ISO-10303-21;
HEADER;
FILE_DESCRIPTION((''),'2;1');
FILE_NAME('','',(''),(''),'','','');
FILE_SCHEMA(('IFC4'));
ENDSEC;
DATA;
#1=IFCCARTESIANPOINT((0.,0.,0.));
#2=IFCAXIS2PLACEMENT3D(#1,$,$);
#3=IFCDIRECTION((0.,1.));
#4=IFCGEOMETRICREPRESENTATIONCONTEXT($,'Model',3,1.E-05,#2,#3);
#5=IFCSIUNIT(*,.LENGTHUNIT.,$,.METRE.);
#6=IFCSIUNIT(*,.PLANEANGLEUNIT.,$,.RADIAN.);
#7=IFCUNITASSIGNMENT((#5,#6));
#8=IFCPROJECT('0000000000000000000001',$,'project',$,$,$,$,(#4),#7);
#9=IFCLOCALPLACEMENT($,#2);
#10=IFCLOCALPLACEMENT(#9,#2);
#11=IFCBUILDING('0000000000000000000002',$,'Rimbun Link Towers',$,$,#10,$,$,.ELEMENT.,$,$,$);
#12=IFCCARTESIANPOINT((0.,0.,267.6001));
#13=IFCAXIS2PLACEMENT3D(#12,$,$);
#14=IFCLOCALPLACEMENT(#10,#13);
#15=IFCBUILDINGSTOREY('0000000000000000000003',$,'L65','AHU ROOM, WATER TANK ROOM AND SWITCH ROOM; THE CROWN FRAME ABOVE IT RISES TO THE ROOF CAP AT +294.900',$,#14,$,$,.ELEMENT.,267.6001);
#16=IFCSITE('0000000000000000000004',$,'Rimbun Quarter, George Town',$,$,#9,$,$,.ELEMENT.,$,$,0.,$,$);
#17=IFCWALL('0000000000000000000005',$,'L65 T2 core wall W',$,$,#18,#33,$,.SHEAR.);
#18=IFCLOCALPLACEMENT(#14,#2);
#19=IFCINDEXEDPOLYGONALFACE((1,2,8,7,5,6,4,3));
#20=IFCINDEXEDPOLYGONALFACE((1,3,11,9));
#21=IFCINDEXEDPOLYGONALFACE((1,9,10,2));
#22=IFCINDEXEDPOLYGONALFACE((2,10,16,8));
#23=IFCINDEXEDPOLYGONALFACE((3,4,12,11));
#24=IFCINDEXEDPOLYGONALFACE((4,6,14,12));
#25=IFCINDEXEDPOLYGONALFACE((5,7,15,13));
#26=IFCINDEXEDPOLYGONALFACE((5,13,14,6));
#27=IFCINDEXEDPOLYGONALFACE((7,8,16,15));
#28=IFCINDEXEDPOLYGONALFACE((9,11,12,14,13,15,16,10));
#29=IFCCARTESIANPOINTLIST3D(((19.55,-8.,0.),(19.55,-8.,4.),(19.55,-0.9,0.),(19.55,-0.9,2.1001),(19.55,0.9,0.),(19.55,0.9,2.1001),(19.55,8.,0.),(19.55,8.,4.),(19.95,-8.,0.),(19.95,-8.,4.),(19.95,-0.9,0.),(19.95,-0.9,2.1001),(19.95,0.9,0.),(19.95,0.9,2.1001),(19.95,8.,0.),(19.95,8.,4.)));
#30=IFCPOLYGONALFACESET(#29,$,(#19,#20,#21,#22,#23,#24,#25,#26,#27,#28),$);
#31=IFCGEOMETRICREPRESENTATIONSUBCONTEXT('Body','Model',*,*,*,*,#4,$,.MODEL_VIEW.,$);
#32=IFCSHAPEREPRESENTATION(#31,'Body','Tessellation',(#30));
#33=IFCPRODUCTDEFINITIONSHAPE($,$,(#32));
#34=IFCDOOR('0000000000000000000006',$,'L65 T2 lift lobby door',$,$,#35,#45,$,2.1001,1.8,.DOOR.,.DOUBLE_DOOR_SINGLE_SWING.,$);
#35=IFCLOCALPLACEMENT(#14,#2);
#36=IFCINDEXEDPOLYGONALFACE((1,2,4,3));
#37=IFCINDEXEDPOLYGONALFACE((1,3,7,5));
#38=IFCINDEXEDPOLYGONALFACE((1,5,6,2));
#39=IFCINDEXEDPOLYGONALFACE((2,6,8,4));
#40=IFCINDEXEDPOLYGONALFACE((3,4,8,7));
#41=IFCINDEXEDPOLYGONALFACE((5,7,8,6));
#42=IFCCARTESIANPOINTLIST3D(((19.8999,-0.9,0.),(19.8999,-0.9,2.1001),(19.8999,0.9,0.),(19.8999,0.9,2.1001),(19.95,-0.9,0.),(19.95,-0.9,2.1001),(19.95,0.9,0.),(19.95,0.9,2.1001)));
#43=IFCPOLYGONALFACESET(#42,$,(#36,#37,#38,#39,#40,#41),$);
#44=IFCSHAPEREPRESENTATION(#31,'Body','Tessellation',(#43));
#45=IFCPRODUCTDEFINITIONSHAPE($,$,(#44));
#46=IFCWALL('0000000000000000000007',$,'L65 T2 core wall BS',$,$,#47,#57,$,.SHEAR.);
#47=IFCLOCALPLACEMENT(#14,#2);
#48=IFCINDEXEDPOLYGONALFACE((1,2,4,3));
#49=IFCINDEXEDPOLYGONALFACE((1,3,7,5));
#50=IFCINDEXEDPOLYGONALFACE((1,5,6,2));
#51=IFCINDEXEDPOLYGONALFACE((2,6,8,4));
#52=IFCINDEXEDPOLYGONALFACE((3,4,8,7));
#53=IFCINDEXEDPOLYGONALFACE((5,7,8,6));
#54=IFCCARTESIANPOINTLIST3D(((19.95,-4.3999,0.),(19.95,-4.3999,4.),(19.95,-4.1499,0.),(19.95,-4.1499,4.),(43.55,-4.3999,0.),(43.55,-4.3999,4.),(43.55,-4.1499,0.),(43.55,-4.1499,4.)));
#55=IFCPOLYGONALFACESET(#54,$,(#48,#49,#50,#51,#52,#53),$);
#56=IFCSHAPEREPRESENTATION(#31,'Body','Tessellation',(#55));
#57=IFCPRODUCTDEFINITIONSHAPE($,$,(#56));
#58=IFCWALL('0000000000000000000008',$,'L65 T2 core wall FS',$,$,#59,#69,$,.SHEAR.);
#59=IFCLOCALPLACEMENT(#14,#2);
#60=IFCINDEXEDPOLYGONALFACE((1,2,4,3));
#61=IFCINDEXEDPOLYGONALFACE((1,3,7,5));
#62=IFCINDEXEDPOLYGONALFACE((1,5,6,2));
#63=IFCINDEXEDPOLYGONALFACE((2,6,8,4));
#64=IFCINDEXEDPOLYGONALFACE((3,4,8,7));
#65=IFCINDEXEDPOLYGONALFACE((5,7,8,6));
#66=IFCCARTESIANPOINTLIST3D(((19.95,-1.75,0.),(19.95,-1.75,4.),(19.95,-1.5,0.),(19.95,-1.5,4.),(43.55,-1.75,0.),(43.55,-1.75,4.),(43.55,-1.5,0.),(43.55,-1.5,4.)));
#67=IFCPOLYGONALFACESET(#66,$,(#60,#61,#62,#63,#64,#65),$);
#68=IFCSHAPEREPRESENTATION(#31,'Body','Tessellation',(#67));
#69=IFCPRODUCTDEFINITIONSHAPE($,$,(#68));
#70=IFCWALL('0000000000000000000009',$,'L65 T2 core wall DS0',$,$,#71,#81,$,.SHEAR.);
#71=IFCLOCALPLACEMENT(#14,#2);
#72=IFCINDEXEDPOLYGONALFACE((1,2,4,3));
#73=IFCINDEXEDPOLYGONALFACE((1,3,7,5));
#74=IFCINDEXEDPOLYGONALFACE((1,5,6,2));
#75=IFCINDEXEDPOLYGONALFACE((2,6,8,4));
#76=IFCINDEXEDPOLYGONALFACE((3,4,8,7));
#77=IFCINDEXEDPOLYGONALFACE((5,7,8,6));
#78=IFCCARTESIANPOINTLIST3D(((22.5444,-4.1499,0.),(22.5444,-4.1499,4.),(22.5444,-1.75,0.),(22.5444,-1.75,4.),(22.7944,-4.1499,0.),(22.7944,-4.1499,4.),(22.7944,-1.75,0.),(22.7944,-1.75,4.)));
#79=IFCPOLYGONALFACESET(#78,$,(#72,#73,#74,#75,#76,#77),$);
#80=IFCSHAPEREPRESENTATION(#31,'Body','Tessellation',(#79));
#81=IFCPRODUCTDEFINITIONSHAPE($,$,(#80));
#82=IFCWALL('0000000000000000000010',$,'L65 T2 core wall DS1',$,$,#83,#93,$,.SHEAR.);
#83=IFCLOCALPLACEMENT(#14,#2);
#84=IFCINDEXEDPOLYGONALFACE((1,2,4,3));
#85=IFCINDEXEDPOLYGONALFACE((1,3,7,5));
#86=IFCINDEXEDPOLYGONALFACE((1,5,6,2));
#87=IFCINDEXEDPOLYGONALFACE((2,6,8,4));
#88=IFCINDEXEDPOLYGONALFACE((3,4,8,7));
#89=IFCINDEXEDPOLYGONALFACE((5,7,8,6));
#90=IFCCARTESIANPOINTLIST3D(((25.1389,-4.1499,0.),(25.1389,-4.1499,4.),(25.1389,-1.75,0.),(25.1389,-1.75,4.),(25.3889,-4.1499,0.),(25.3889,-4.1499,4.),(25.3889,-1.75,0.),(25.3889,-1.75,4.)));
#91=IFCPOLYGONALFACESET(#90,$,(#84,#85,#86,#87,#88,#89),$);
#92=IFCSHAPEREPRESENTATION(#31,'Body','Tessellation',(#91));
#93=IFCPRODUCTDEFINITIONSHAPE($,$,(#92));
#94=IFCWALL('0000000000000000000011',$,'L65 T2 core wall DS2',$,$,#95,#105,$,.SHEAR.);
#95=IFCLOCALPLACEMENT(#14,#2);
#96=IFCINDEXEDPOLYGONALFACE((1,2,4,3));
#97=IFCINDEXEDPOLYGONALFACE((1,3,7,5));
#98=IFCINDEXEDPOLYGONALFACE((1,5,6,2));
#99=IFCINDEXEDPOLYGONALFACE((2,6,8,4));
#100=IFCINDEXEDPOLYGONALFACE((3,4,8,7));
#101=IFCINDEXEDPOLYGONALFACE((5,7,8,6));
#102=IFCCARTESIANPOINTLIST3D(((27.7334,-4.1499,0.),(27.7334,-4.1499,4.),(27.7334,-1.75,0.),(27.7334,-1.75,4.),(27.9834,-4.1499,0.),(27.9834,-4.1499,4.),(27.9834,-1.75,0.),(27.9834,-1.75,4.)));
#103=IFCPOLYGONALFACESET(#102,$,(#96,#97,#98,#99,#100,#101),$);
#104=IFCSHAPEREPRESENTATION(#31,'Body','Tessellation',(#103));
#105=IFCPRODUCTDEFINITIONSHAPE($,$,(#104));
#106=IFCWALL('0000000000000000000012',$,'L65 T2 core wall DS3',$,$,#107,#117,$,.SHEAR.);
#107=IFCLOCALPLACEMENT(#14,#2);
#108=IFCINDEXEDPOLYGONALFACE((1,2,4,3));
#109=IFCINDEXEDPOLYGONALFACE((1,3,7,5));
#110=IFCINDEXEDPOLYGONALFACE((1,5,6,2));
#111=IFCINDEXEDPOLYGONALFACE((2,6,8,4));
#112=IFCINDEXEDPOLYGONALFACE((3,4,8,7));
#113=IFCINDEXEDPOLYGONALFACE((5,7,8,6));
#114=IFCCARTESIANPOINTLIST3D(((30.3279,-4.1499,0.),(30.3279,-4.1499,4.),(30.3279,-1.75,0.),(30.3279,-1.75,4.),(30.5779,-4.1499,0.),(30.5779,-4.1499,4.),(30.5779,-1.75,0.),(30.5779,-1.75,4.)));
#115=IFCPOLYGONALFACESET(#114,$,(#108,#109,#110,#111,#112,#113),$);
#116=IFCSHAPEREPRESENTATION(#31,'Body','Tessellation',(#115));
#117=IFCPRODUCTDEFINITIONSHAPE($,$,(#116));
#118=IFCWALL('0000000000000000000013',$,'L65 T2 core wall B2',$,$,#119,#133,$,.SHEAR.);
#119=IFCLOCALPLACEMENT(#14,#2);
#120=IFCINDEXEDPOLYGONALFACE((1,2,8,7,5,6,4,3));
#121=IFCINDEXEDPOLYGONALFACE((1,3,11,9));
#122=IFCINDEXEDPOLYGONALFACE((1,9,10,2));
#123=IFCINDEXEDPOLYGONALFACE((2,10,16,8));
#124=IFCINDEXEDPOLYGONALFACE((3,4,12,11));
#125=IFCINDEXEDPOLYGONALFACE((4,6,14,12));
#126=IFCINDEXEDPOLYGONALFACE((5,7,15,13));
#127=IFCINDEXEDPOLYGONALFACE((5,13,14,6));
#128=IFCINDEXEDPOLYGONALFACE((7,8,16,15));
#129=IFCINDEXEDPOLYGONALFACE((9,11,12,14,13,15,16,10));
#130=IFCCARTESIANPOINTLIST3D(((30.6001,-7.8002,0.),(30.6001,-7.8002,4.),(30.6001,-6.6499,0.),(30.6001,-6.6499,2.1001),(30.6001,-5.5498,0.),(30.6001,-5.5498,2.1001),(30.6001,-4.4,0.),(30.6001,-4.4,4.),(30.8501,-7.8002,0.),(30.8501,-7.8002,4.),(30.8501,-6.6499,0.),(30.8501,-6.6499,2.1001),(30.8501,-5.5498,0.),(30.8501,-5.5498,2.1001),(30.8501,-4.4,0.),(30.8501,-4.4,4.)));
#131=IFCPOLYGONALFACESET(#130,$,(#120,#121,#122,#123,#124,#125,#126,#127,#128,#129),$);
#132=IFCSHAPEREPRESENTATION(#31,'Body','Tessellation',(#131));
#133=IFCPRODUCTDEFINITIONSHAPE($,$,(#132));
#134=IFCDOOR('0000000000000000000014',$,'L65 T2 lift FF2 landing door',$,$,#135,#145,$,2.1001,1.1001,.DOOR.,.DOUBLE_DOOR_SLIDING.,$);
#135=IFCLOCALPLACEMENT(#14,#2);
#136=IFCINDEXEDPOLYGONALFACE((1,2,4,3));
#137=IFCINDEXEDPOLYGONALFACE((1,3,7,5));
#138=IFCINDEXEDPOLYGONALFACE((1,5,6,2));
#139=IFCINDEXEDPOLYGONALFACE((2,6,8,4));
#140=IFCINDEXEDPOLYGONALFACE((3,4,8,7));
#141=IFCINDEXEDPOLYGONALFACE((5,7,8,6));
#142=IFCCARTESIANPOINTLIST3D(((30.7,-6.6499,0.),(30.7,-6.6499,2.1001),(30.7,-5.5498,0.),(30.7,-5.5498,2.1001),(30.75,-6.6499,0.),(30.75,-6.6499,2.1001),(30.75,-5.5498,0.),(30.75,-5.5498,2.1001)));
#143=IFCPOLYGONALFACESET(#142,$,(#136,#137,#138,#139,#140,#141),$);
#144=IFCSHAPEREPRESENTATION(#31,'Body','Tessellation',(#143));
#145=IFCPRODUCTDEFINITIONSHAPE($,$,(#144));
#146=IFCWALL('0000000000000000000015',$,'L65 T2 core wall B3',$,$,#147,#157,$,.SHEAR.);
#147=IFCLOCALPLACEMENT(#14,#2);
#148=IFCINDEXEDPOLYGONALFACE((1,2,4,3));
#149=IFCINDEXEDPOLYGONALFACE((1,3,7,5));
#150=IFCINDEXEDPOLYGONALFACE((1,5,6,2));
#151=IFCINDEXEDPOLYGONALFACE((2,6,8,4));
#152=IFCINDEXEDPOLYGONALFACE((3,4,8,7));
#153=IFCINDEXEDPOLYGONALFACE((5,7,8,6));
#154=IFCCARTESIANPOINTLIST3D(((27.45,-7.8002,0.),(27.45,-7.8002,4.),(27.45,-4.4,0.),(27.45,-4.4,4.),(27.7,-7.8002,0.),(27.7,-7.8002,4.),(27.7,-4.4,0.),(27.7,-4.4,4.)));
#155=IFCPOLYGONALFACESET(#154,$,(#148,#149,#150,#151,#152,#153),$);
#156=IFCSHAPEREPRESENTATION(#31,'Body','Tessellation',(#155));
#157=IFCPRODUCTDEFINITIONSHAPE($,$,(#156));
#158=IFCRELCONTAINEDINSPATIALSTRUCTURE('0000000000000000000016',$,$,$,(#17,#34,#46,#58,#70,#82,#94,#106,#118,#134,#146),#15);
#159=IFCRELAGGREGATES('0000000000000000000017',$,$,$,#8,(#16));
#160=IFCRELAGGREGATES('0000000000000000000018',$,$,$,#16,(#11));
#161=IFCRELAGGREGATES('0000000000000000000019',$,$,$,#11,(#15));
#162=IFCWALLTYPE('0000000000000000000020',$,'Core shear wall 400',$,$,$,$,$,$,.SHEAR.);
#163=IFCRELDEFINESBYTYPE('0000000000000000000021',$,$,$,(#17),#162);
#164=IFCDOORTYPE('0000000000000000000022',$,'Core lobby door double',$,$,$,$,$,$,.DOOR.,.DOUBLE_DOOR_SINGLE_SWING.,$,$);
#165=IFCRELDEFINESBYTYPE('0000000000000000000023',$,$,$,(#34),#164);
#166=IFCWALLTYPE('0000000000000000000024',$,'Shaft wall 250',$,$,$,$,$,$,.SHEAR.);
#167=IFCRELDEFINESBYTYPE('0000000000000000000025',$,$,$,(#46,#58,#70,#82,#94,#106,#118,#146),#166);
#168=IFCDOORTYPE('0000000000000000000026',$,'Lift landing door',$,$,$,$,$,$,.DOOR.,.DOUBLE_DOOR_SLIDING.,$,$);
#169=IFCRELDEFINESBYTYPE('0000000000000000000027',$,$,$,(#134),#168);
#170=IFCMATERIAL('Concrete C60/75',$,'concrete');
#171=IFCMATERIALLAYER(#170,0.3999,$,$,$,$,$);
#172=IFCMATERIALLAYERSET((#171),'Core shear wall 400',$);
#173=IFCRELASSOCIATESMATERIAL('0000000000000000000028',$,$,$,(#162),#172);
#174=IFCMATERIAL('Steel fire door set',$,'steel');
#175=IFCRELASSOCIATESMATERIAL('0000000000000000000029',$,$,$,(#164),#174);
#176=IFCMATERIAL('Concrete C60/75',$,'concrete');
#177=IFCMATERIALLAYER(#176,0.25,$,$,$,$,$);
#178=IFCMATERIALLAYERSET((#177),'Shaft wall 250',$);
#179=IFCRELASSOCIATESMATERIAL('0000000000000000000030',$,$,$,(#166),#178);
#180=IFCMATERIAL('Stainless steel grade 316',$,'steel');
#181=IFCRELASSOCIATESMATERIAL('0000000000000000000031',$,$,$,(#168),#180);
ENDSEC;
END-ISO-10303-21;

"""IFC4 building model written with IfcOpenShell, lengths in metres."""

from ifc_helpers import new_model, si_unit, direction, frame, frame_2d, origin, place, context, subcontext, project, spatial, rectangle, extrude, material, layer, layer_set, type_object, element, fill, save


model = new_model("IFC4")

# Units and contexts
model_context = context("Model", 3, precision=1e-05, world=origin(), true_north=direction((0.0, 1.0)))
body_context = subcontext(model_context, "Body", "Model", "MODEL_VIEW")
ifc_project = project(units=[si_unit("LENGTHUNIT", "METRE"), si_unit("PLANEANGLEUNIT", "RADIAN")], contexts=[model_context])

# Site, building, storey
site_placement = place(None, origin())
site = spatial("IfcSite", under=ifc_project, at=site_placement, Name="Rimbun Quarter, George Town", CompositionType="ELEMENT", RefElevation=0.0)
building_placement = place(site_placement, origin())
building = spatial("IfcBuilding", under=site, at=building_placement, Name="Rimbun Link Towers", CompositionType="ELEMENT")
storey_placement = place(building_placement, frame((0.0, 0.0, 267.6001)))
storey = spatial("IfcBuildingStorey", under=building, at=storey_placement, Name="L65", Description="AHU ROOM, WATER TANK ROOM AND SWITCH ROOM; THE CROWN FRAME ABOVE IT RISES TO THE ROOF CAP AT +294.900", CompositionType="ELEMENT", Elevation=267.6001)

# Wall, opening, door
ifc_material_1 = material(Name="Concrete C60/75", Category="concrete")
ifc_layer_1 = layer(ifc_material_1, 0.3999)
ifc_layer_set_1 = layer_set([ifc_layer_1], Name="Core shear wall 400")
wall_type_1 = type_object("IfcWallType", Name="Core shear wall 400", PredefinedType="SHEAR", material=ifc_layer_set_1)
wall_1_placement = place(storey_placement, frame((19.75, -8.0, 0.0), z_axis=(0.0, 0.0, 1.0), x_axis=(0.0, 1.0, 0.0)))
wall_1 = element("IfcWall", 1, at=wall_1_placement, inside=storey, type_object=wall_type_1, Name="L65 T2 core wall W", PredefinedType="SHEAR", context=body_context, shape_type="SweptSolid", body=[
    extrude(rectangle(XDim=16.0, YDim=0.3999, at=frame_2d((8.0, 0.0))), origin(), (0.0, 0.0, 1.0), 4.0),
])
opening_1_placement = place(wall_1_placement, frame((7.1001, 0.0, 0.0)))
opening_1 = element("IfcOpeningElement", 2, at=opening_1_placement, cuts=wall_1, PredefinedType="OPENING", context=body_context, shape_type="SweptSolid", body=[
    extrude(rectangle(XDim=1.8, YDim=2.1001, at=frame_2d((0.8999, 1.05))), frame((0.0, 0.21, 0.0), z_axis=(0.0, -1.0, 0.0), x_axis=(1.0, 0.0, 0.0)), (0.0, 0.0, 1.0), 0.4199),
])
ifc_material_2 = material(Name="Steel fire door set", Category="steel")
door_type_1 = type_object("IfcDoorType", Name="Core lobby door double", OperationType="DOUBLE_DOOR_SINGLE_SWING", PredefinedType="DOOR", material=ifc_material_2)
door_1_placement = place(opening_1_placement, origin())
door_1 = element("IfcDoor", 3, at=door_1_placement, inside=storey, type_object=door_type_1, Name="L65 T2 lift lobby door", OperationType="DOUBLE_DOOR_SINGLE_SWING", OverallHeight=2.1001, OverallWidth=1.8, PredefinedType="DOOR", context=body_context, shape_type="SweptSolid", body=[
    extrude(rectangle(XDim=1.8, YDim=2.1001, at=frame_2d((0.8999, 1.05))), frame((0.0, -0.1499, 0.0), z_axis=(0.0, -1.0, 0.0), x_axis=(1.0, 0.0, 0.0)), (0.0, 0.0, 1.0), 0.05),
])
fill(opening_1, door_1)

# Walls
ifc_material_3 = material(Name="Concrete C60/75", Category="concrete")
ifc_layer_2 = layer(ifc_material_3, 0.25)
ifc_layer_set_2 = layer_set([ifc_layer_2], Name="Shaft wall 250")
wall_type_2 = type_object("IfcWallType", Name="Shaft wall 250", PredefinedType="SHEAR", material=ifc_layer_set_2)
for number, where, z_axis, x_axis, name in (
    (4, (19.95, -4.2749, 0.0), (0.0, 0.0, 1.0), (1.0, 0.0, 0.0), "L65 T2 core wall BS"),
    (5, (19.95, -1.625, 0.0), (0.0, 0.0, 1.0), (1.0, 0.0, 0.0), "L65 T2 core wall FS"),
):
    element("IfcWall", number, at=place(storey_placement, frame(where, z_axis=z_axis, x_axis=x_axis)), inside=storey, type_object=wall_type_2, Name=name, PredefinedType="SHEAR", context=body_context, shape_type="SweptSolid", body=[
        extrude(rectangle(XDim=23.6001, YDim=0.25, at=frame_2d((11.8, 0.0))), origin(), (0.0, 0.0, 1.0), 4.0),
    ])
for number, where, z_axis, x_axis, name in (
    (6, (22.6694, -4.1499, 0.0), (0.0, 0.0, 1.0), (0.0, 1.0, 0.0), "L65 T2 core wall DS0"),
    (7, (25.2639, -4.1499, 0.0), (0.0, 0.0, 1.0), (0.0, 1.0, 0.0), "L65 T2 core wall DS1"),
    (8, (27.8584, -4.1499, 0.0), (0.0, 0.0, 1.0), (0.0, 1.0, 0.0), "L65 T2 core wall DS2"),
    (9, (30.4529, -4.1499, 0.0), (0.0, 0.0, 1.0), (0.0, 1.0, 0.0), "L65 T2 core wall DS3"),
):
    element("IfcWall", number, at=place(storey_placement, frame(where, z_axis=z_axis, x_axis=x_axis)), inside=storey, type_object=wall_type_2, Name=name, PredefinedType="SHEAR", context=body_context, shape_type="SweptSolid", body=[
        extrude(rectangle(XDim=2.3999, YDim=0.25, at=frame_2d((1.2, 0.0))), origin(), (0.0, 0.0, 1.0), 4.0),
    ])

# Wall, opening, door
wall_2_placement = place(storey_placement, frame((30.7251, -4.3999, 0.0), z_axis=(0.0, 0.0, 1.0), x_axis=(0.0, -1.0, 0.0)))
wall_2 = element("IfcWall", 10, at=wall_2_placement, inside=storey, type_object=wall_type_2, Name="L65 T2 core wall B2", PredefinedType="SHEAR", context=body_context, shape_type="SweptSolid", body=[
    extrude(rectangle(XDim=3.4001, YDim=0.25, at=frame_2d((1.7002, 0.0))), origin(), (0.0, 0.0, 1.0), 4.0),
])
opening_2_placement = place(wall_2_placement, frame((1.1499, 0.0, 0.0)))
opening_2 = element("IfcOpeningElement", 11, at=opening_2_placement, cuts=wall_2, PredefinedType="OPENING", context=body_context, shape_type="SweptSolid", body=[
    extrude(rectangle(XDim=1.1001, YDim=2.1001, at=frame_2d((0.55, 1.05))), frame((0.0, 0.135, 0.0), z_axis=(0.0, -1.0, 0.0), x_axis=(1.0, 0.0, 0.0)), (0.0, 0.0, 1.0), 0.27),
])
ifc_material_4 = material(Name="Stainless steel grade 316", Category="steel")
door_type_2 = type_object("IfcDoorType", Name="Lift landing door", OperationType="DOUBLE_DOOR_SLIDING", PredefinedType="DOOR", material=ifc_material_4)
door_2_placement = place(opening_2_placement, origin())
door_2 = element("IfcDoor", 12, at=door_2_placement, inside=storey, type_object=door_type_2, Name="L65 T2 lift FF2 landing door", OperationType="DOUBLE_DOOR_SLIDING", OverallHeight=2.1001, OverallWidth=1.1001, PredefinedType="DOOR", context=body_context, shape_type="SweptSolid", body=[
    extrude(rectangle(XDim=1.1001, YDim=2.1001, at=frame_2d((0.55, 1.05))), frame((0.0, 0.0249, 0.0), z_axis=(0.0, -1.0, 0.0), x_axis=(1.0, 0.0, 0.0)), (0.0, 0.0, 1.0), 0.05),
])
fill(opening_2, door_2)

# Wall
wall_3_placement = place(storey_placement, frame((27.575, -4.3999, 0.0), z_axis=(0.0, 0.0, 1.0), x_axis=(0.0, -1.0, 0.0)))
element("IfcWall", 13, at=wall_3_placement, inside=storey, type_object=wall_type_2, Name="L65 T2 core wall B3", PredefinedType="SHEAR", context=body_context, shape_type="SweptSolid", body=[
    extrude(rectangle(XDim=3.4001, YDim=0.25, at=frame_2d((1.7002, 0.0))), origin(), (0.0, 0.0, 1.0), 4.0),
])

save(model, "model.ifc")
